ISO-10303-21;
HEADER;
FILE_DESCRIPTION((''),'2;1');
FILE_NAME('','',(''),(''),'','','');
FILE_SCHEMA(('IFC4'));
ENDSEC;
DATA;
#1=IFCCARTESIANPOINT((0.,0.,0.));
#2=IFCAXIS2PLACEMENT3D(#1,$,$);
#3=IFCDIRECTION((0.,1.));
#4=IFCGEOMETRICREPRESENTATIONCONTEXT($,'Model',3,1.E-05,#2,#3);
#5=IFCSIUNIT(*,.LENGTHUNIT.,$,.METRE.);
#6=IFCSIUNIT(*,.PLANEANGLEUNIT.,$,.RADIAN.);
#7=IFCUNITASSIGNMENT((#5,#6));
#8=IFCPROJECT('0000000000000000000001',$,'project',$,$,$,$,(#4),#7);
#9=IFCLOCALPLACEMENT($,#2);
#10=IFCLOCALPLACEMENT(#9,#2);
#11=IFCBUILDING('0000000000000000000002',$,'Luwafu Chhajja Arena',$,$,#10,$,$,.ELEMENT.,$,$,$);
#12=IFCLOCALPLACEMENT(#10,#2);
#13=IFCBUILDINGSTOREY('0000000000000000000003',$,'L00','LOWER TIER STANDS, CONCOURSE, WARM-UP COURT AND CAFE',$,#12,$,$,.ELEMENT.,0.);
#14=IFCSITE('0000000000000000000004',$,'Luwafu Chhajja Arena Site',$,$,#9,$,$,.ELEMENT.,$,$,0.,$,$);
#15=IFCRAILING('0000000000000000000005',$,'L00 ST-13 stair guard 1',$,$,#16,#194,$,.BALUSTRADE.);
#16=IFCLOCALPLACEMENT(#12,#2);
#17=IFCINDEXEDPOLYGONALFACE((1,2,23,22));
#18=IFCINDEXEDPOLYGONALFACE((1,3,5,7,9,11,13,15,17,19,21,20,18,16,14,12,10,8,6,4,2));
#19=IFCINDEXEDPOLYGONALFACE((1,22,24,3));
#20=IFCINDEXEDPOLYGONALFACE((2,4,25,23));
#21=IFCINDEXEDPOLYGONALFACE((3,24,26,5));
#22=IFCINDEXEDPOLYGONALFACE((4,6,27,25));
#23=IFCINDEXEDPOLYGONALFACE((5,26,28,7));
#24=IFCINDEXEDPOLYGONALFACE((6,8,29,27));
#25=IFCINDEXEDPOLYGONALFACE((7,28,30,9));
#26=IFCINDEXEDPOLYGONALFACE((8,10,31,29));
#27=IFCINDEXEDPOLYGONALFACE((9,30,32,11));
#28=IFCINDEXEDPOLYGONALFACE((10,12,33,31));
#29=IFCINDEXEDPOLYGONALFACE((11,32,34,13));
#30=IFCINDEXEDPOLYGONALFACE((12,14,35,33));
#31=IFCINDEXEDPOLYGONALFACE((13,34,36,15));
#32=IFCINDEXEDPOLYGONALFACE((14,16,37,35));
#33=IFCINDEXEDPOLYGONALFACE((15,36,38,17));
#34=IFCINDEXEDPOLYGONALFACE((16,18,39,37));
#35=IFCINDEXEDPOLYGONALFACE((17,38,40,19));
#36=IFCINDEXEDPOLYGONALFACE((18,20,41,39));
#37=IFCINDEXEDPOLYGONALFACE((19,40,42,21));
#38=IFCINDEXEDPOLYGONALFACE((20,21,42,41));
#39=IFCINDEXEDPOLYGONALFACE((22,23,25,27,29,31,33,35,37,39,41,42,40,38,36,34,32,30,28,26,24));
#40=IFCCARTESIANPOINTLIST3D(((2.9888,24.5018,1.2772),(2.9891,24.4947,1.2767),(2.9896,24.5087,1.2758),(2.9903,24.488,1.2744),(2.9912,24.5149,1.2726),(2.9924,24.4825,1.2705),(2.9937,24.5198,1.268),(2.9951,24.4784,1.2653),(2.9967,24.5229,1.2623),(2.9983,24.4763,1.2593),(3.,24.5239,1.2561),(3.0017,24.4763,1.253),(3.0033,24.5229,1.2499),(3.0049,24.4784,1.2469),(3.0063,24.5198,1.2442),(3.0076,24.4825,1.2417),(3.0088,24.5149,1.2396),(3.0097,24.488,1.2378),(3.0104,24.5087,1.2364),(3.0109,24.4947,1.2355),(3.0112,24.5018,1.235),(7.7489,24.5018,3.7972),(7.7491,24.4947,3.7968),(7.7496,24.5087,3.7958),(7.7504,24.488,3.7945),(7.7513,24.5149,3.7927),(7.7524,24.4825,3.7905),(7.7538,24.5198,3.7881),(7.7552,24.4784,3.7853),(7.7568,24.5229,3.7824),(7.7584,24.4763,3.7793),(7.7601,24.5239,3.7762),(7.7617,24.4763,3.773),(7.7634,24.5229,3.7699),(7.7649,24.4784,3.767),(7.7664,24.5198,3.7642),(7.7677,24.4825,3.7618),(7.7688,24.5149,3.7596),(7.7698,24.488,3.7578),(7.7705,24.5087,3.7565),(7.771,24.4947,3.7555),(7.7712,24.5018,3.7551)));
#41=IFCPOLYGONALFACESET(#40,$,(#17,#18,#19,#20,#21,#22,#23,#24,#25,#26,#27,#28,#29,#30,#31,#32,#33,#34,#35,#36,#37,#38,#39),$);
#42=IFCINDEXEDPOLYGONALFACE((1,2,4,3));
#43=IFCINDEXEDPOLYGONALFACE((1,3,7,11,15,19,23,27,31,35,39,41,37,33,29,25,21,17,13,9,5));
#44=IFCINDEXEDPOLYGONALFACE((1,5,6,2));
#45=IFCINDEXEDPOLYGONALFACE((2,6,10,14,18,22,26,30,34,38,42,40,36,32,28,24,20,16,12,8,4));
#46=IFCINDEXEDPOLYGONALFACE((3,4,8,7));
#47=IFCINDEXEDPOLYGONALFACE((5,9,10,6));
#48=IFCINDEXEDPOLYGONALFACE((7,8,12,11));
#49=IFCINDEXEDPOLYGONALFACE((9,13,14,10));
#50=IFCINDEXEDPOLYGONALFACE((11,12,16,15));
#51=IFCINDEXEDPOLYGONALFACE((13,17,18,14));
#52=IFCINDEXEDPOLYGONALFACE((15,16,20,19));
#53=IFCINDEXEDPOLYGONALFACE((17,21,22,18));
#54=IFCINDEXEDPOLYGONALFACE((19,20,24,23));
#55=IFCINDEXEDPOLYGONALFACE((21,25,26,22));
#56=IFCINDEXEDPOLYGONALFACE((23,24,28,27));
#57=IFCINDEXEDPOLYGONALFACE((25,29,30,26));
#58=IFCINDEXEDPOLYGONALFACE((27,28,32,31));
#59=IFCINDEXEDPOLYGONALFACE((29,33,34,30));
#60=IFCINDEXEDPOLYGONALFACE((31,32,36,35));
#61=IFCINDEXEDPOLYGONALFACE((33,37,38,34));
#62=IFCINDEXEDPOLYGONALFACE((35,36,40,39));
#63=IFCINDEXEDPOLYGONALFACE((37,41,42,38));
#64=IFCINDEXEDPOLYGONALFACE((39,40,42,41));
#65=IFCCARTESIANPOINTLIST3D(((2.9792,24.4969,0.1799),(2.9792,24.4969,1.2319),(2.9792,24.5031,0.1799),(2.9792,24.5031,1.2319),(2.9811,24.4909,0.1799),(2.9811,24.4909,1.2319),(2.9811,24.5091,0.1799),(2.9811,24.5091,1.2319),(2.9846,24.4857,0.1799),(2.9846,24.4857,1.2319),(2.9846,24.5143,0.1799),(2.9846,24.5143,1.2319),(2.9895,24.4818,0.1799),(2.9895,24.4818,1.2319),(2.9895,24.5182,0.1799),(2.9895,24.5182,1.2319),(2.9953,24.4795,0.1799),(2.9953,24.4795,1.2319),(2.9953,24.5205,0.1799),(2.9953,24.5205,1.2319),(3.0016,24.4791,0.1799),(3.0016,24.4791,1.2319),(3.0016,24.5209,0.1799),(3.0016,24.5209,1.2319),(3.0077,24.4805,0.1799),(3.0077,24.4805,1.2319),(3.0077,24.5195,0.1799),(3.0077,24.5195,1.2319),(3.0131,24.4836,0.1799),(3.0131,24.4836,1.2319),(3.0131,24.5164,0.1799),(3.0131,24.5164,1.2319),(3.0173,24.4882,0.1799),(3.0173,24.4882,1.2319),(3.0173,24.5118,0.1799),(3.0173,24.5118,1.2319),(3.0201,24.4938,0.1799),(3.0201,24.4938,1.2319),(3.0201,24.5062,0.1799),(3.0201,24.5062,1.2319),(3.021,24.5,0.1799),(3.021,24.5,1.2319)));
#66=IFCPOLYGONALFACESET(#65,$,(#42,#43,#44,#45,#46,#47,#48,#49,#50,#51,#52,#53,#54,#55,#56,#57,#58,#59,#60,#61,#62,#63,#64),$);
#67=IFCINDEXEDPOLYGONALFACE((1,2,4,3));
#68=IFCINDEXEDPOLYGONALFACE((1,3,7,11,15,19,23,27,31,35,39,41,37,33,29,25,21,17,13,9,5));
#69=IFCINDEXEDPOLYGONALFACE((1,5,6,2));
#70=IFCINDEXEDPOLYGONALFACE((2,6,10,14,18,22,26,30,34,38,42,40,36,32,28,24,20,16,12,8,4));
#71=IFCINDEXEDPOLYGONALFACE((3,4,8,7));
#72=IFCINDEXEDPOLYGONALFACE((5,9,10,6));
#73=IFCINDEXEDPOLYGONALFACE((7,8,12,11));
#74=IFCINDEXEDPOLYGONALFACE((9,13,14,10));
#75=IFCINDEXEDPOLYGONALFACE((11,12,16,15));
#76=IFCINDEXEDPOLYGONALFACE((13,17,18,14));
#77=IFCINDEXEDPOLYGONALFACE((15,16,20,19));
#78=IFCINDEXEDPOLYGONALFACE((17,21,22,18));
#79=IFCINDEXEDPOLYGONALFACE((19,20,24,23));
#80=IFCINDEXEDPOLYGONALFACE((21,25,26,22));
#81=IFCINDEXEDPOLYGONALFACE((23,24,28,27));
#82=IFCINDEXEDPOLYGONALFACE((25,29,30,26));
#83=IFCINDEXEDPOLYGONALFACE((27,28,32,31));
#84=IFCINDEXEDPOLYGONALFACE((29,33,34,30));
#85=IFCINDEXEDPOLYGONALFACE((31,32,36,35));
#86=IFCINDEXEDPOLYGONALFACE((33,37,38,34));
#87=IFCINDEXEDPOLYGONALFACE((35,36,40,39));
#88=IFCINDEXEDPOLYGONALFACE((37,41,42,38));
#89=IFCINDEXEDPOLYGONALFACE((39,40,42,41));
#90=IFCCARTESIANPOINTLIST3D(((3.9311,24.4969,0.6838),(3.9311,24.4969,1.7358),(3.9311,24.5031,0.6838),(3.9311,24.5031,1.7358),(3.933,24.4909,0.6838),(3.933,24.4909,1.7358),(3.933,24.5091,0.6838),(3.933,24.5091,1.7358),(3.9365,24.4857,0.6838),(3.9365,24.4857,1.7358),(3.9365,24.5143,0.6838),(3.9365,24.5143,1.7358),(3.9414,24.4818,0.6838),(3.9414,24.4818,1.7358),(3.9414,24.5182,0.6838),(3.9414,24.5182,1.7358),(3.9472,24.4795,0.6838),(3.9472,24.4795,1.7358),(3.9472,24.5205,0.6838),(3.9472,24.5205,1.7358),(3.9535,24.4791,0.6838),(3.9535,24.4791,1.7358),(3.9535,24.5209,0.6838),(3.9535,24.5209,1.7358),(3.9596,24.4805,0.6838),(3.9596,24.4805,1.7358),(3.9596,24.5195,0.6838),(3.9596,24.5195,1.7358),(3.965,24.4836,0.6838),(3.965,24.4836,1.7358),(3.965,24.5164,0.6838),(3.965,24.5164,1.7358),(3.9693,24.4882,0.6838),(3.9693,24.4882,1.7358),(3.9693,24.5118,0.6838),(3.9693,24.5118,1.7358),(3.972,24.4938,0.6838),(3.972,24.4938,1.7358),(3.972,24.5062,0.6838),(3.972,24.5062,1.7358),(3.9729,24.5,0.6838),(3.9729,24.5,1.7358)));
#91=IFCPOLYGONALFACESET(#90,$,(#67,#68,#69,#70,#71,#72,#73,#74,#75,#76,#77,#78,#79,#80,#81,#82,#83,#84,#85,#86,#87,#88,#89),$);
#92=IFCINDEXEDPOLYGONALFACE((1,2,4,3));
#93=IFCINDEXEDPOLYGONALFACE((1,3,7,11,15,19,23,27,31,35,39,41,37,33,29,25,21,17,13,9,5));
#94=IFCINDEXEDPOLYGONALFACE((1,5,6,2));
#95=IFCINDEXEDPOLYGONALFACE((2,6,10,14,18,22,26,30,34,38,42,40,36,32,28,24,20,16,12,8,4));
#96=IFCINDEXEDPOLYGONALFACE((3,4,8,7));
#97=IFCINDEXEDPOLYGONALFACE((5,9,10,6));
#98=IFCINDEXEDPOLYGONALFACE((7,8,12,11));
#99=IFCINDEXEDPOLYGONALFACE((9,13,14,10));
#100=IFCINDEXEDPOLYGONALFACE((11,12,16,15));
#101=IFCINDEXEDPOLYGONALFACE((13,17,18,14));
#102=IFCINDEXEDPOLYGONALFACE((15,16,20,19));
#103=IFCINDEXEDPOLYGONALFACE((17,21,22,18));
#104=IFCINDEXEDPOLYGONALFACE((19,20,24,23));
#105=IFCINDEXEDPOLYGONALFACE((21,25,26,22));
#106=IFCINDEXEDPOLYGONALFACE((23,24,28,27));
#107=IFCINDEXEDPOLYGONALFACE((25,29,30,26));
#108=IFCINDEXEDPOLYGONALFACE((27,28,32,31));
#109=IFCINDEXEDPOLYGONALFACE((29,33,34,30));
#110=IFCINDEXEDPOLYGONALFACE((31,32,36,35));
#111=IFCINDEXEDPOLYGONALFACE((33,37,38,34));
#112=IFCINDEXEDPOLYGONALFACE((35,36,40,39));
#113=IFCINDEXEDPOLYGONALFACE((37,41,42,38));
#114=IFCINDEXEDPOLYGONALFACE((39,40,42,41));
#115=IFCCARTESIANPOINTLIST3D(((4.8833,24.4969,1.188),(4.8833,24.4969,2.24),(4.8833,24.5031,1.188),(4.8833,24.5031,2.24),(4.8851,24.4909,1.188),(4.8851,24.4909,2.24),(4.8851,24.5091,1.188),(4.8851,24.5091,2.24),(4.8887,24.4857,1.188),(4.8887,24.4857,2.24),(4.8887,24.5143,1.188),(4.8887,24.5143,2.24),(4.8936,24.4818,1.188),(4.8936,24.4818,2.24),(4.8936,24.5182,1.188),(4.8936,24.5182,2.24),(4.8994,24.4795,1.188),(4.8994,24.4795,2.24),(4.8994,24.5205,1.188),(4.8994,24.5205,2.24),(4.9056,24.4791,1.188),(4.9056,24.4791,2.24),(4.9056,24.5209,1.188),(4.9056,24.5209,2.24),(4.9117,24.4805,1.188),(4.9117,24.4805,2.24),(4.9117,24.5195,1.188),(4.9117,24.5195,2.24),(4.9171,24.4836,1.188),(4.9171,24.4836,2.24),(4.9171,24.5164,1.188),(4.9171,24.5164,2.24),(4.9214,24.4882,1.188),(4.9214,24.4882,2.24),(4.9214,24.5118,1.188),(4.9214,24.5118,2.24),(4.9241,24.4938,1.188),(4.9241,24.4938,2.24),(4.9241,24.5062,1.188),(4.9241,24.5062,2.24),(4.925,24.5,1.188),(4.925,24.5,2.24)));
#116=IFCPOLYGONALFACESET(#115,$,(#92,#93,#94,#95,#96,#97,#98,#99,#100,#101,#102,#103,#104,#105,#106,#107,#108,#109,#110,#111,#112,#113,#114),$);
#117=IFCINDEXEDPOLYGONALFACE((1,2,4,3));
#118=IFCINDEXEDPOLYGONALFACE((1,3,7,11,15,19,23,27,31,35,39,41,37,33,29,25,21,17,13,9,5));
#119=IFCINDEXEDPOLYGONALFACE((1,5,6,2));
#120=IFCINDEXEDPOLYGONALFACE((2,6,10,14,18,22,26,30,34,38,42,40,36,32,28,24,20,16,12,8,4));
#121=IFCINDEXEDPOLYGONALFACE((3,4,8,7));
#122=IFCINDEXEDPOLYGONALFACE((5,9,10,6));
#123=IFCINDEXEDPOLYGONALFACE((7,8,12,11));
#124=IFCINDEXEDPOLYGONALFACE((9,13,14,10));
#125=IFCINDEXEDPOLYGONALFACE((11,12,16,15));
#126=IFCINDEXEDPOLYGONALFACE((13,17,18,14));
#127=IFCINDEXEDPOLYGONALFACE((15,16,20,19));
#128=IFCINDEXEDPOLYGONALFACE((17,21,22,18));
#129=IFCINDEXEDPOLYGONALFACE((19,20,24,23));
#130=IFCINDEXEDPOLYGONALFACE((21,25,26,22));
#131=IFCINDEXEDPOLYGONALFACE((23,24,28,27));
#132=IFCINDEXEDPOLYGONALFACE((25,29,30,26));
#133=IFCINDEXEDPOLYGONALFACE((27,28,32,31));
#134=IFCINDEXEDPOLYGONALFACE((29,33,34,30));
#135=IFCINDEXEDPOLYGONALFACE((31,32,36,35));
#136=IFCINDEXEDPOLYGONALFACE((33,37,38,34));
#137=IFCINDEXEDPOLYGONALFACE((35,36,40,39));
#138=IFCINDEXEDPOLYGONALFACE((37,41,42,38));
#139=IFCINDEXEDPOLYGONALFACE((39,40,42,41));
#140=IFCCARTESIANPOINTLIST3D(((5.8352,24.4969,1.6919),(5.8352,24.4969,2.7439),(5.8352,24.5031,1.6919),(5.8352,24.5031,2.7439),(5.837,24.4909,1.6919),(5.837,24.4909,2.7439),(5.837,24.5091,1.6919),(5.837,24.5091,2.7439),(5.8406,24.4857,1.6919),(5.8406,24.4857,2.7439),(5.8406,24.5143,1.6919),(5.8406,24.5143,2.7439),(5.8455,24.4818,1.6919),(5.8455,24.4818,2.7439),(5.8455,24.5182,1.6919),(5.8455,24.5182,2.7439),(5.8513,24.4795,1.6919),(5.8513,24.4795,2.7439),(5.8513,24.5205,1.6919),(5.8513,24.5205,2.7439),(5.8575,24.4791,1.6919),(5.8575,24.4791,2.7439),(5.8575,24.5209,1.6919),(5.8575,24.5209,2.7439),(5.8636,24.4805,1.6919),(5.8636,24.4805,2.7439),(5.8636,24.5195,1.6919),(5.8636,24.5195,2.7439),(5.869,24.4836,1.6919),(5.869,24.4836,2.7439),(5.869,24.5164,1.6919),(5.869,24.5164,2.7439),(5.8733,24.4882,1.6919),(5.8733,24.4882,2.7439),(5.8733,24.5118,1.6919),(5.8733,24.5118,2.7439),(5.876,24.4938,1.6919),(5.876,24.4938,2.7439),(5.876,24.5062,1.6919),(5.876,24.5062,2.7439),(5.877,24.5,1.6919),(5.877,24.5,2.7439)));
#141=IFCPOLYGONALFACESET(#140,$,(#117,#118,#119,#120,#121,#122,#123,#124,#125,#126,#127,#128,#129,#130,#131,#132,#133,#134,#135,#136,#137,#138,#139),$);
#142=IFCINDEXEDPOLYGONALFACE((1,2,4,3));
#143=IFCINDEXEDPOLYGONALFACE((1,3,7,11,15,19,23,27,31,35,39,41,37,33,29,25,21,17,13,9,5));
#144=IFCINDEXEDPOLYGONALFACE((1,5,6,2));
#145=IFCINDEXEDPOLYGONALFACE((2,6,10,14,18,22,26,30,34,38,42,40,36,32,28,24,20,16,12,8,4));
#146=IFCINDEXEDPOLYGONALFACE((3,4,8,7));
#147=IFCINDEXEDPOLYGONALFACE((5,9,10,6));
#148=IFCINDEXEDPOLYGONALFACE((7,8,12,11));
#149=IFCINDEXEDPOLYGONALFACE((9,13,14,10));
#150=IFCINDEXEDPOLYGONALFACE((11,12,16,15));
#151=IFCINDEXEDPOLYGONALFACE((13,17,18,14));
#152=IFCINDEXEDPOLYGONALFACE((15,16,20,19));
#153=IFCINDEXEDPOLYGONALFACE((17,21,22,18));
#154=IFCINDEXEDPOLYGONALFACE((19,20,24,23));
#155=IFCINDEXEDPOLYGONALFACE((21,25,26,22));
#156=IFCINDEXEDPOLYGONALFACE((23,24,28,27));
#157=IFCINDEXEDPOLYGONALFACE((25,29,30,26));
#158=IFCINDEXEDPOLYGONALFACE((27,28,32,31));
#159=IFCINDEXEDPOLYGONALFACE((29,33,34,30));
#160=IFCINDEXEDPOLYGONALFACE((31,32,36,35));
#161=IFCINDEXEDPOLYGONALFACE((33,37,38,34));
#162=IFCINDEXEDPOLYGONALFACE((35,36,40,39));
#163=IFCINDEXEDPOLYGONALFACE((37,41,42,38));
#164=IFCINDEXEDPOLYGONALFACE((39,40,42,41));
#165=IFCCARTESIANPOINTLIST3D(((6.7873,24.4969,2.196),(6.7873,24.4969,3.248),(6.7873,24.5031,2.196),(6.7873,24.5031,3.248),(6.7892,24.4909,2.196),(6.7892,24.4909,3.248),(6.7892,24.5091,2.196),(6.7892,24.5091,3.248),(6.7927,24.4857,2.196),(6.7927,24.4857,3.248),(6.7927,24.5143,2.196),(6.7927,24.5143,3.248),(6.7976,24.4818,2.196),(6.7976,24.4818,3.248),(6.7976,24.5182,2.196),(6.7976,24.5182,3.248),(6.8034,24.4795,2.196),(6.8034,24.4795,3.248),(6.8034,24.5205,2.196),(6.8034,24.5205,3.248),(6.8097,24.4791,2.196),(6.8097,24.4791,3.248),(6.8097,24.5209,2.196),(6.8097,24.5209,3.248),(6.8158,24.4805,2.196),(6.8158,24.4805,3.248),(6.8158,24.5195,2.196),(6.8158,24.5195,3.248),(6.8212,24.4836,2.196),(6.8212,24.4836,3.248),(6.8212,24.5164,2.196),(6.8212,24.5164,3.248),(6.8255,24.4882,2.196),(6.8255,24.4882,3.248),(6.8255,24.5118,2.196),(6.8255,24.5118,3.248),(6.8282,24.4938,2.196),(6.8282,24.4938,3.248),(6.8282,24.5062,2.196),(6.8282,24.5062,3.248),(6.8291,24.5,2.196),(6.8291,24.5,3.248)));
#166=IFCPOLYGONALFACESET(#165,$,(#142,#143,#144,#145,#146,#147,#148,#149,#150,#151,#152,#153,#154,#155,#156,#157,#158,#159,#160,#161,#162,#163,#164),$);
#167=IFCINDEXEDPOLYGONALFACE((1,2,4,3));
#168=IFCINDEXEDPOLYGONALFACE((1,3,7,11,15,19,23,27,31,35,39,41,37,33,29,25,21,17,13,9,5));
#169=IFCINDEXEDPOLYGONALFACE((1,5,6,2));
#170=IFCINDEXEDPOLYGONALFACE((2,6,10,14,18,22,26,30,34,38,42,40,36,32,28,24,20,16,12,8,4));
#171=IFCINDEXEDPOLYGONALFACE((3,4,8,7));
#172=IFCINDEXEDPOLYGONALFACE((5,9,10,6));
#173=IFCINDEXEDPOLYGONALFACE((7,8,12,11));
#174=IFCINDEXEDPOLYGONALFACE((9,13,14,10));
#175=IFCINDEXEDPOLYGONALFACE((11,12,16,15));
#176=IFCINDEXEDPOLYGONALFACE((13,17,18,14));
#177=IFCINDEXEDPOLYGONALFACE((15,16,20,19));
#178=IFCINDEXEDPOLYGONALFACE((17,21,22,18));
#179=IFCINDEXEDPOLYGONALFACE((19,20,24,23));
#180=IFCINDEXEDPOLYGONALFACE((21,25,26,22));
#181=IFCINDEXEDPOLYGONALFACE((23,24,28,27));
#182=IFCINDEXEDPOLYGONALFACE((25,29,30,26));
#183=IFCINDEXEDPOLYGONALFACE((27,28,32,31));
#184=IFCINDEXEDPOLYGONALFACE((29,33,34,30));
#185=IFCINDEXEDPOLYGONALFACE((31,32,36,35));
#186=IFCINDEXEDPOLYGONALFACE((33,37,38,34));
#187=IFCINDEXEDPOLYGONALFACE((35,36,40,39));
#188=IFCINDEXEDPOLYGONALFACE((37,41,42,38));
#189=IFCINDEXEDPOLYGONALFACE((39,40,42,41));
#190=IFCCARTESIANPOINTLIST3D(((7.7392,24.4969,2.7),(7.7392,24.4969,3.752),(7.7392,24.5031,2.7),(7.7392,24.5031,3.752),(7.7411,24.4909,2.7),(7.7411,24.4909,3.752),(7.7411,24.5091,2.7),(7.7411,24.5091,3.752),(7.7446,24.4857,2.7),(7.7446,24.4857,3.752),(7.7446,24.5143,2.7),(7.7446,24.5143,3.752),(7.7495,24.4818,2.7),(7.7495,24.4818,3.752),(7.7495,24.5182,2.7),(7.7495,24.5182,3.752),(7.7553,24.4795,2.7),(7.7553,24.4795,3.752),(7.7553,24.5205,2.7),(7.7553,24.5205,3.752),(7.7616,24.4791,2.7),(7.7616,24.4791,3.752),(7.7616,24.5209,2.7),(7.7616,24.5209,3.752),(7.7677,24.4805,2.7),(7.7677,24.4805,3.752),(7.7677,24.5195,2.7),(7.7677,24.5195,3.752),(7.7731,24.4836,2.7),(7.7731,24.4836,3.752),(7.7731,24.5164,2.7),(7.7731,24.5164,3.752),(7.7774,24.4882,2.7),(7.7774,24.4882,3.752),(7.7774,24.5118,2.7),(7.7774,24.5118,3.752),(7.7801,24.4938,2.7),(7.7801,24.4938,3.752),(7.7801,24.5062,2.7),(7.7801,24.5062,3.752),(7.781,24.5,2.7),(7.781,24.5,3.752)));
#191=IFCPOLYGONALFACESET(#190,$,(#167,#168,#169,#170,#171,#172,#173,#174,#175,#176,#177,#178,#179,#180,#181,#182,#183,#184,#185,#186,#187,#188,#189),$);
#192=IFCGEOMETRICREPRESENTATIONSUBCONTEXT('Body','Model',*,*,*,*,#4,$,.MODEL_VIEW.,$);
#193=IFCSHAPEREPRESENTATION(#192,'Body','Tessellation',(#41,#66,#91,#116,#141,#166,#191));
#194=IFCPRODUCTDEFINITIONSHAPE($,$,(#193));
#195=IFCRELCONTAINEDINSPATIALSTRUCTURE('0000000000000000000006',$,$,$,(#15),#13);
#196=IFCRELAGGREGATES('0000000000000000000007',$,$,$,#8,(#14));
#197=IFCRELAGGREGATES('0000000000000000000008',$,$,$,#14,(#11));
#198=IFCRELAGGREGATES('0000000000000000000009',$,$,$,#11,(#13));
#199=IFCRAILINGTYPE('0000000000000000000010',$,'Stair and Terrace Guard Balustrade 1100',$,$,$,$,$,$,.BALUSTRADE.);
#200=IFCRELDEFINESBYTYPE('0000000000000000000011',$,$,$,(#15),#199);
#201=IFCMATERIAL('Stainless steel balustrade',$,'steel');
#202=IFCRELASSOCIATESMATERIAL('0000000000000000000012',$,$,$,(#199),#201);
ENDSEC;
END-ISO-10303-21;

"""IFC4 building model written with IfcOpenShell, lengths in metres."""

from ifc_helpers import new_model, si_unit, direction, frame, origin, origin_2d, place, context, subcontext, project, spatial, circle, extrude, material, type_object, element, save


model = new_model("IFC4")

# Units and contexts
model_context = context("Model", 3, precision=1e-05, world=origin(), true_north=direction((0.0, 1.0)))
body_context = subcontext(model_context, "Body", "Model", "MODEL_VIEW")
ifc_project = project(units=[si_unit("LENGTHUNIT", "METRE"), si_unit("PLANEANGLEUNIT", "RADIAN")], contexts=[model_context])

# Site, building, storey
site_placement = place(None, origin())
site = spatial("IfcSite", under=ifc_project, at=site_placement, Name="Luwafu Chhajja Arena Site", CompositionType="ELEMENT", RefElevation=0.0)
building_placement = place(site_placement, origin())
building = spatial("IfcBuilding", under=site, at=building_placement, Name="Luwafu Chhajja Arena", CompositionType="ELEMENT")
storey_placement = place(building_placement, origin())
storey = spatial("IfcBuildingStorey", under=building, at=storey_placement, Name="L00", Description="LOWER TIER STANDS, CONCOURSE, WARM-UP COURT AND CAFE", CompositionType="ELEMENT", Elevation=0.0)

# Railing
ifc_material_1 = material(Name="Stainless steel balustrade", Category="steel")
railing_type_1 = type_object("IfcRailingType", Name="Stair and Terrace Guard Balustrade 1100", PredefinedType="BALUSTRADE", material=ifc_material_1)
railing_1_placement = place(storey_placement, frame((3.0, 24.5, 0.1799)))
element("IfcRailing", 1, at=railing_1_placement, inside=storey, type_object=railing_type_1, Name="L00 ST-13 stair guard 1", PredefinedType="BALUSTRADE", context=body_context, shape_type="SweptSolid", body=[
    extrude(circle(Radius=0.0239, at=origin_2d()), frame((0.0, 0.0, 1.0762), z_axis=(0.883787, 0.0, 0.46789), x_axis=(0.0, 1.0, 0.0)), (0.0, 0.0, 1.0), 5.386),
    extrude(circle(Radius=0.021, at=origin_2d()), origin(), (0.0, 0.0, 1.0), 1.052),
    extrude(circle(Radius=0.021, at=origin_2d()), frame((0.9519, 0.0, 0.5039)), (0.0, 0.0, 1.0), 1.052),
    extrude(circle(Radius=0.021, at=origin_2d()), frame((1.9041, 0.0, 1.0081)), (0.0, 0.0, 1.0), 1.052),
    extrude(circle(Radius=0.021, at=origin_2d()), frame((2.856, 0.0, 1.512)), (0.0, 0.0, 1.0), 1.052),
    extrude(circle(Radius=0.021, at=origin_2d()), frame((3.8081, 0.0, 2.0161)), (0.0, 0.0, 1.0), 1.052),
    extrude(circle(Radius=0.021, at=origin_2d()), frame((4.76, 0.0, 2.52)), (0.0, 0.0, 1.0), 1.052),
])

save(model, "model.ifc")
